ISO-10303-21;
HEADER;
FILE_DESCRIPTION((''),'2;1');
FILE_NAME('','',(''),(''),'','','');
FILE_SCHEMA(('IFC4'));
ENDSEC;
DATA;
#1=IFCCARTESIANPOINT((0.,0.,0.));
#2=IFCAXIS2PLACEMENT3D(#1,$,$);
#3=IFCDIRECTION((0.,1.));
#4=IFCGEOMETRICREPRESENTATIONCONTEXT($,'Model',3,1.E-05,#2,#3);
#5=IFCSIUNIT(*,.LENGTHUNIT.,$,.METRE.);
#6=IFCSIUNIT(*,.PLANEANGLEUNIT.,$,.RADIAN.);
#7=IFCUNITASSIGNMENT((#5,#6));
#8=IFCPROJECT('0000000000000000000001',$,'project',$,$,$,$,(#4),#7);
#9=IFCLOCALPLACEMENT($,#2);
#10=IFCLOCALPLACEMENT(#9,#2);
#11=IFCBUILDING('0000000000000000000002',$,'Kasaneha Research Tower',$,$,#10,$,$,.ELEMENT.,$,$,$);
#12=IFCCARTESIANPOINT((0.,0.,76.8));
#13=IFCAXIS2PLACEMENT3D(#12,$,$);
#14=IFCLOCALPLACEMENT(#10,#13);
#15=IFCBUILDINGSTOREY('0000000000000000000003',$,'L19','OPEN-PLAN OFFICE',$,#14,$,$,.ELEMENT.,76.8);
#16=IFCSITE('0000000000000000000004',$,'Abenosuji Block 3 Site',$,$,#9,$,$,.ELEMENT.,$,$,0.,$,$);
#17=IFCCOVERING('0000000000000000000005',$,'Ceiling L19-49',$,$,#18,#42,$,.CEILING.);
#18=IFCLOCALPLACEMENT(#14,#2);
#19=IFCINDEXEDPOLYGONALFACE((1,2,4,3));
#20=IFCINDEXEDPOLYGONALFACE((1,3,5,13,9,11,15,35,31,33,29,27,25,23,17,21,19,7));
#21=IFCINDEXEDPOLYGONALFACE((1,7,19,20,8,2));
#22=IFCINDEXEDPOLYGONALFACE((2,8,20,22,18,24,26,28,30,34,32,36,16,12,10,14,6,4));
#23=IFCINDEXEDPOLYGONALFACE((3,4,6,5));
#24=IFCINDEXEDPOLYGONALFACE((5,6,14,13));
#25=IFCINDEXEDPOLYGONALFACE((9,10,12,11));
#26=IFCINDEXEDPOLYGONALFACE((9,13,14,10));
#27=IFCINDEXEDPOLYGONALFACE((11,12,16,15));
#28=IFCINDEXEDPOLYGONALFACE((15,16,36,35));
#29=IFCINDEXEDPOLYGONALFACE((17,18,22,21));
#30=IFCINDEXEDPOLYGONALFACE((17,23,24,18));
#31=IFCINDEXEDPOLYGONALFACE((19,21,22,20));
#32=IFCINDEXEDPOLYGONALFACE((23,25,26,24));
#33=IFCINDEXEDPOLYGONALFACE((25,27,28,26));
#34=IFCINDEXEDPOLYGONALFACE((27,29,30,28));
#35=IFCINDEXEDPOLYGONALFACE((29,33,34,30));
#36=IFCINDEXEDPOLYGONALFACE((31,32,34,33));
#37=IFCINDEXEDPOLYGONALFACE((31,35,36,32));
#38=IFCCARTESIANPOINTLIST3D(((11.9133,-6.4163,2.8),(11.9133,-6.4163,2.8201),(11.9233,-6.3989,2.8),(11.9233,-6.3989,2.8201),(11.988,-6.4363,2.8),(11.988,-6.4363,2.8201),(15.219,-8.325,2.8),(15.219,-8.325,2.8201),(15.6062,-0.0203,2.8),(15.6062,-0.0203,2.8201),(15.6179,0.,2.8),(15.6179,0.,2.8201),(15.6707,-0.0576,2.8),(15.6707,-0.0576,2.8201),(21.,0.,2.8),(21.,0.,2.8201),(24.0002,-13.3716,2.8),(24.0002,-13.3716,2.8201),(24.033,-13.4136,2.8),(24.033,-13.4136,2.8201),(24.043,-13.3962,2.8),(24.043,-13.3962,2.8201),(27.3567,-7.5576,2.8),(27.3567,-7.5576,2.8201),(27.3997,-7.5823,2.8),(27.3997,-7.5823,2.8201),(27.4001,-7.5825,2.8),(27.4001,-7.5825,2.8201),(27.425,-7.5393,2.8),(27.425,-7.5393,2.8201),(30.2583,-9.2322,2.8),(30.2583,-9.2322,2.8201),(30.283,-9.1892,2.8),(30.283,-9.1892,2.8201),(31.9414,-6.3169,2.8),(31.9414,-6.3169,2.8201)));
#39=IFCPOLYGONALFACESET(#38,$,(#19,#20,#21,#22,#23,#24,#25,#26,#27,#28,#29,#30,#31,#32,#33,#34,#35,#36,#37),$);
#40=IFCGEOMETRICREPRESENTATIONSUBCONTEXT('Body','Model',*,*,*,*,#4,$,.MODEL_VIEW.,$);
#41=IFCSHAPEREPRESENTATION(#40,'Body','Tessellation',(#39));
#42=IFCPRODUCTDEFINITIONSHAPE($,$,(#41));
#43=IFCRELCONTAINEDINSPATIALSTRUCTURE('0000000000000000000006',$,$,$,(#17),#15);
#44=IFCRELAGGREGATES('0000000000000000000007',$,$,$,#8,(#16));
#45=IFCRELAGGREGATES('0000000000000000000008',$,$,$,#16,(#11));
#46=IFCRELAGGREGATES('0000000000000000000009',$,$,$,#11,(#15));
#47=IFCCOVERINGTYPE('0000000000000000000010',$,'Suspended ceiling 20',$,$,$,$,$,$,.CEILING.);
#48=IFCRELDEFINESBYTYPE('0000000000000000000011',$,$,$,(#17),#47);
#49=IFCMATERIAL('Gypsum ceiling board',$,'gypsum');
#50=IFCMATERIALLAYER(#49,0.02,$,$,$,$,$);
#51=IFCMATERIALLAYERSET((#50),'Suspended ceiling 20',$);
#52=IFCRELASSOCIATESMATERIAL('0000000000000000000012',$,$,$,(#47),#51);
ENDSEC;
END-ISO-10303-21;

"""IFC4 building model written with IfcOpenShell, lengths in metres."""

from ifc_helpers import new_model, si_unit, direction, frame, origin, place, context, subcontext, project, spatial, polyline, outline, extrude, material, layer, layer_set, type_object, element, save


model = new_model("IFC4")

# Units and contexts
model_context = context("Model", 3, precision=1e-05, world=origin(), true_north=direction((0.0, 1.0)))
body_context = subcontext(model_context, "Body", "Model", "MODEL_VIEW")
ifc_project = project(units=[si_unit("LENGTHUNIT", "METRE"), si_unit("PLANEANGLEUNIT", "RADIAN")], contexts=[model_context])

# Site, building, storey
site_placement = place(None, origin())
site = spatial("IfcSite", under=ifc_project, at=site_placement, Name="Abenosuji Block 3 Site", CompositionType="ELEMENT", RefElevation=0.0)
building_placement = place(site_placement, origin())
building = spatial("IfcBuilding", under=site, at=building_placement, Name="Kasaneha Research Tower", CompositionType="ELEMENT")
storey_placement = place(building_placement, frame((0.0, 0.0, 76.8)))
storey = spatial("IfcBuildingStorey", under=building, at=storey_placement, Name="L19", Description="OPEN-PLAN OFFICE", CompositionType="ELEMENT", Elevation=76.8)

# Covering
ifc_material_1 = material(Name="Gypsum ceiling board", Category="gypsum")
ifc_layer_1 = layer(ifc_material_1, 0.02)
ifc_layer_set_1 = layer_set([ifc_layer_1], Name="Suspended ceiling 20")
covering_type = type_object("IfcCoveringType", Name="Suspended ceiling 20", PredefinedType="CEILING", material=ifc_layer_set_1)
covering_1_placement = place(storey_placement, frame((0.0, 0.0, 2.8)))
element("IfcCovering", 1, at=covering_1_placement, inside=storey, type_object=covering_type, Name="Ceiling L19-49", PredefinedType="CEILING", context=body_context, shape_type="SweptSolid", body=[
    extrude(outline(polyline([(21.0, 0.0), (31.9414, -6.3169), (30.2583, -9.2322), (30.2583, -9.2322), (30.283, -9.1892), (27.425, -7.5393), (27.4001, -7.5825), (27.3997, -7.5823), (27.3997, -7.5823), (27.3567, -7.5576), (24.0002, -13.3716), (24.043, -13.3962), (24.033, -13.4136), (15.219, -8.325), (11.9133, -6.4163), (11.9233, -6.3989), (11.988, -6.4363), (15.6707, -0.0576), (15.6062, -0.0203), (15.6179, 0.0), (21.0, 0.0)])), origin(), (0.0, 0.0, 1.0), 0.02),
])

save(model, "model.ifc")
